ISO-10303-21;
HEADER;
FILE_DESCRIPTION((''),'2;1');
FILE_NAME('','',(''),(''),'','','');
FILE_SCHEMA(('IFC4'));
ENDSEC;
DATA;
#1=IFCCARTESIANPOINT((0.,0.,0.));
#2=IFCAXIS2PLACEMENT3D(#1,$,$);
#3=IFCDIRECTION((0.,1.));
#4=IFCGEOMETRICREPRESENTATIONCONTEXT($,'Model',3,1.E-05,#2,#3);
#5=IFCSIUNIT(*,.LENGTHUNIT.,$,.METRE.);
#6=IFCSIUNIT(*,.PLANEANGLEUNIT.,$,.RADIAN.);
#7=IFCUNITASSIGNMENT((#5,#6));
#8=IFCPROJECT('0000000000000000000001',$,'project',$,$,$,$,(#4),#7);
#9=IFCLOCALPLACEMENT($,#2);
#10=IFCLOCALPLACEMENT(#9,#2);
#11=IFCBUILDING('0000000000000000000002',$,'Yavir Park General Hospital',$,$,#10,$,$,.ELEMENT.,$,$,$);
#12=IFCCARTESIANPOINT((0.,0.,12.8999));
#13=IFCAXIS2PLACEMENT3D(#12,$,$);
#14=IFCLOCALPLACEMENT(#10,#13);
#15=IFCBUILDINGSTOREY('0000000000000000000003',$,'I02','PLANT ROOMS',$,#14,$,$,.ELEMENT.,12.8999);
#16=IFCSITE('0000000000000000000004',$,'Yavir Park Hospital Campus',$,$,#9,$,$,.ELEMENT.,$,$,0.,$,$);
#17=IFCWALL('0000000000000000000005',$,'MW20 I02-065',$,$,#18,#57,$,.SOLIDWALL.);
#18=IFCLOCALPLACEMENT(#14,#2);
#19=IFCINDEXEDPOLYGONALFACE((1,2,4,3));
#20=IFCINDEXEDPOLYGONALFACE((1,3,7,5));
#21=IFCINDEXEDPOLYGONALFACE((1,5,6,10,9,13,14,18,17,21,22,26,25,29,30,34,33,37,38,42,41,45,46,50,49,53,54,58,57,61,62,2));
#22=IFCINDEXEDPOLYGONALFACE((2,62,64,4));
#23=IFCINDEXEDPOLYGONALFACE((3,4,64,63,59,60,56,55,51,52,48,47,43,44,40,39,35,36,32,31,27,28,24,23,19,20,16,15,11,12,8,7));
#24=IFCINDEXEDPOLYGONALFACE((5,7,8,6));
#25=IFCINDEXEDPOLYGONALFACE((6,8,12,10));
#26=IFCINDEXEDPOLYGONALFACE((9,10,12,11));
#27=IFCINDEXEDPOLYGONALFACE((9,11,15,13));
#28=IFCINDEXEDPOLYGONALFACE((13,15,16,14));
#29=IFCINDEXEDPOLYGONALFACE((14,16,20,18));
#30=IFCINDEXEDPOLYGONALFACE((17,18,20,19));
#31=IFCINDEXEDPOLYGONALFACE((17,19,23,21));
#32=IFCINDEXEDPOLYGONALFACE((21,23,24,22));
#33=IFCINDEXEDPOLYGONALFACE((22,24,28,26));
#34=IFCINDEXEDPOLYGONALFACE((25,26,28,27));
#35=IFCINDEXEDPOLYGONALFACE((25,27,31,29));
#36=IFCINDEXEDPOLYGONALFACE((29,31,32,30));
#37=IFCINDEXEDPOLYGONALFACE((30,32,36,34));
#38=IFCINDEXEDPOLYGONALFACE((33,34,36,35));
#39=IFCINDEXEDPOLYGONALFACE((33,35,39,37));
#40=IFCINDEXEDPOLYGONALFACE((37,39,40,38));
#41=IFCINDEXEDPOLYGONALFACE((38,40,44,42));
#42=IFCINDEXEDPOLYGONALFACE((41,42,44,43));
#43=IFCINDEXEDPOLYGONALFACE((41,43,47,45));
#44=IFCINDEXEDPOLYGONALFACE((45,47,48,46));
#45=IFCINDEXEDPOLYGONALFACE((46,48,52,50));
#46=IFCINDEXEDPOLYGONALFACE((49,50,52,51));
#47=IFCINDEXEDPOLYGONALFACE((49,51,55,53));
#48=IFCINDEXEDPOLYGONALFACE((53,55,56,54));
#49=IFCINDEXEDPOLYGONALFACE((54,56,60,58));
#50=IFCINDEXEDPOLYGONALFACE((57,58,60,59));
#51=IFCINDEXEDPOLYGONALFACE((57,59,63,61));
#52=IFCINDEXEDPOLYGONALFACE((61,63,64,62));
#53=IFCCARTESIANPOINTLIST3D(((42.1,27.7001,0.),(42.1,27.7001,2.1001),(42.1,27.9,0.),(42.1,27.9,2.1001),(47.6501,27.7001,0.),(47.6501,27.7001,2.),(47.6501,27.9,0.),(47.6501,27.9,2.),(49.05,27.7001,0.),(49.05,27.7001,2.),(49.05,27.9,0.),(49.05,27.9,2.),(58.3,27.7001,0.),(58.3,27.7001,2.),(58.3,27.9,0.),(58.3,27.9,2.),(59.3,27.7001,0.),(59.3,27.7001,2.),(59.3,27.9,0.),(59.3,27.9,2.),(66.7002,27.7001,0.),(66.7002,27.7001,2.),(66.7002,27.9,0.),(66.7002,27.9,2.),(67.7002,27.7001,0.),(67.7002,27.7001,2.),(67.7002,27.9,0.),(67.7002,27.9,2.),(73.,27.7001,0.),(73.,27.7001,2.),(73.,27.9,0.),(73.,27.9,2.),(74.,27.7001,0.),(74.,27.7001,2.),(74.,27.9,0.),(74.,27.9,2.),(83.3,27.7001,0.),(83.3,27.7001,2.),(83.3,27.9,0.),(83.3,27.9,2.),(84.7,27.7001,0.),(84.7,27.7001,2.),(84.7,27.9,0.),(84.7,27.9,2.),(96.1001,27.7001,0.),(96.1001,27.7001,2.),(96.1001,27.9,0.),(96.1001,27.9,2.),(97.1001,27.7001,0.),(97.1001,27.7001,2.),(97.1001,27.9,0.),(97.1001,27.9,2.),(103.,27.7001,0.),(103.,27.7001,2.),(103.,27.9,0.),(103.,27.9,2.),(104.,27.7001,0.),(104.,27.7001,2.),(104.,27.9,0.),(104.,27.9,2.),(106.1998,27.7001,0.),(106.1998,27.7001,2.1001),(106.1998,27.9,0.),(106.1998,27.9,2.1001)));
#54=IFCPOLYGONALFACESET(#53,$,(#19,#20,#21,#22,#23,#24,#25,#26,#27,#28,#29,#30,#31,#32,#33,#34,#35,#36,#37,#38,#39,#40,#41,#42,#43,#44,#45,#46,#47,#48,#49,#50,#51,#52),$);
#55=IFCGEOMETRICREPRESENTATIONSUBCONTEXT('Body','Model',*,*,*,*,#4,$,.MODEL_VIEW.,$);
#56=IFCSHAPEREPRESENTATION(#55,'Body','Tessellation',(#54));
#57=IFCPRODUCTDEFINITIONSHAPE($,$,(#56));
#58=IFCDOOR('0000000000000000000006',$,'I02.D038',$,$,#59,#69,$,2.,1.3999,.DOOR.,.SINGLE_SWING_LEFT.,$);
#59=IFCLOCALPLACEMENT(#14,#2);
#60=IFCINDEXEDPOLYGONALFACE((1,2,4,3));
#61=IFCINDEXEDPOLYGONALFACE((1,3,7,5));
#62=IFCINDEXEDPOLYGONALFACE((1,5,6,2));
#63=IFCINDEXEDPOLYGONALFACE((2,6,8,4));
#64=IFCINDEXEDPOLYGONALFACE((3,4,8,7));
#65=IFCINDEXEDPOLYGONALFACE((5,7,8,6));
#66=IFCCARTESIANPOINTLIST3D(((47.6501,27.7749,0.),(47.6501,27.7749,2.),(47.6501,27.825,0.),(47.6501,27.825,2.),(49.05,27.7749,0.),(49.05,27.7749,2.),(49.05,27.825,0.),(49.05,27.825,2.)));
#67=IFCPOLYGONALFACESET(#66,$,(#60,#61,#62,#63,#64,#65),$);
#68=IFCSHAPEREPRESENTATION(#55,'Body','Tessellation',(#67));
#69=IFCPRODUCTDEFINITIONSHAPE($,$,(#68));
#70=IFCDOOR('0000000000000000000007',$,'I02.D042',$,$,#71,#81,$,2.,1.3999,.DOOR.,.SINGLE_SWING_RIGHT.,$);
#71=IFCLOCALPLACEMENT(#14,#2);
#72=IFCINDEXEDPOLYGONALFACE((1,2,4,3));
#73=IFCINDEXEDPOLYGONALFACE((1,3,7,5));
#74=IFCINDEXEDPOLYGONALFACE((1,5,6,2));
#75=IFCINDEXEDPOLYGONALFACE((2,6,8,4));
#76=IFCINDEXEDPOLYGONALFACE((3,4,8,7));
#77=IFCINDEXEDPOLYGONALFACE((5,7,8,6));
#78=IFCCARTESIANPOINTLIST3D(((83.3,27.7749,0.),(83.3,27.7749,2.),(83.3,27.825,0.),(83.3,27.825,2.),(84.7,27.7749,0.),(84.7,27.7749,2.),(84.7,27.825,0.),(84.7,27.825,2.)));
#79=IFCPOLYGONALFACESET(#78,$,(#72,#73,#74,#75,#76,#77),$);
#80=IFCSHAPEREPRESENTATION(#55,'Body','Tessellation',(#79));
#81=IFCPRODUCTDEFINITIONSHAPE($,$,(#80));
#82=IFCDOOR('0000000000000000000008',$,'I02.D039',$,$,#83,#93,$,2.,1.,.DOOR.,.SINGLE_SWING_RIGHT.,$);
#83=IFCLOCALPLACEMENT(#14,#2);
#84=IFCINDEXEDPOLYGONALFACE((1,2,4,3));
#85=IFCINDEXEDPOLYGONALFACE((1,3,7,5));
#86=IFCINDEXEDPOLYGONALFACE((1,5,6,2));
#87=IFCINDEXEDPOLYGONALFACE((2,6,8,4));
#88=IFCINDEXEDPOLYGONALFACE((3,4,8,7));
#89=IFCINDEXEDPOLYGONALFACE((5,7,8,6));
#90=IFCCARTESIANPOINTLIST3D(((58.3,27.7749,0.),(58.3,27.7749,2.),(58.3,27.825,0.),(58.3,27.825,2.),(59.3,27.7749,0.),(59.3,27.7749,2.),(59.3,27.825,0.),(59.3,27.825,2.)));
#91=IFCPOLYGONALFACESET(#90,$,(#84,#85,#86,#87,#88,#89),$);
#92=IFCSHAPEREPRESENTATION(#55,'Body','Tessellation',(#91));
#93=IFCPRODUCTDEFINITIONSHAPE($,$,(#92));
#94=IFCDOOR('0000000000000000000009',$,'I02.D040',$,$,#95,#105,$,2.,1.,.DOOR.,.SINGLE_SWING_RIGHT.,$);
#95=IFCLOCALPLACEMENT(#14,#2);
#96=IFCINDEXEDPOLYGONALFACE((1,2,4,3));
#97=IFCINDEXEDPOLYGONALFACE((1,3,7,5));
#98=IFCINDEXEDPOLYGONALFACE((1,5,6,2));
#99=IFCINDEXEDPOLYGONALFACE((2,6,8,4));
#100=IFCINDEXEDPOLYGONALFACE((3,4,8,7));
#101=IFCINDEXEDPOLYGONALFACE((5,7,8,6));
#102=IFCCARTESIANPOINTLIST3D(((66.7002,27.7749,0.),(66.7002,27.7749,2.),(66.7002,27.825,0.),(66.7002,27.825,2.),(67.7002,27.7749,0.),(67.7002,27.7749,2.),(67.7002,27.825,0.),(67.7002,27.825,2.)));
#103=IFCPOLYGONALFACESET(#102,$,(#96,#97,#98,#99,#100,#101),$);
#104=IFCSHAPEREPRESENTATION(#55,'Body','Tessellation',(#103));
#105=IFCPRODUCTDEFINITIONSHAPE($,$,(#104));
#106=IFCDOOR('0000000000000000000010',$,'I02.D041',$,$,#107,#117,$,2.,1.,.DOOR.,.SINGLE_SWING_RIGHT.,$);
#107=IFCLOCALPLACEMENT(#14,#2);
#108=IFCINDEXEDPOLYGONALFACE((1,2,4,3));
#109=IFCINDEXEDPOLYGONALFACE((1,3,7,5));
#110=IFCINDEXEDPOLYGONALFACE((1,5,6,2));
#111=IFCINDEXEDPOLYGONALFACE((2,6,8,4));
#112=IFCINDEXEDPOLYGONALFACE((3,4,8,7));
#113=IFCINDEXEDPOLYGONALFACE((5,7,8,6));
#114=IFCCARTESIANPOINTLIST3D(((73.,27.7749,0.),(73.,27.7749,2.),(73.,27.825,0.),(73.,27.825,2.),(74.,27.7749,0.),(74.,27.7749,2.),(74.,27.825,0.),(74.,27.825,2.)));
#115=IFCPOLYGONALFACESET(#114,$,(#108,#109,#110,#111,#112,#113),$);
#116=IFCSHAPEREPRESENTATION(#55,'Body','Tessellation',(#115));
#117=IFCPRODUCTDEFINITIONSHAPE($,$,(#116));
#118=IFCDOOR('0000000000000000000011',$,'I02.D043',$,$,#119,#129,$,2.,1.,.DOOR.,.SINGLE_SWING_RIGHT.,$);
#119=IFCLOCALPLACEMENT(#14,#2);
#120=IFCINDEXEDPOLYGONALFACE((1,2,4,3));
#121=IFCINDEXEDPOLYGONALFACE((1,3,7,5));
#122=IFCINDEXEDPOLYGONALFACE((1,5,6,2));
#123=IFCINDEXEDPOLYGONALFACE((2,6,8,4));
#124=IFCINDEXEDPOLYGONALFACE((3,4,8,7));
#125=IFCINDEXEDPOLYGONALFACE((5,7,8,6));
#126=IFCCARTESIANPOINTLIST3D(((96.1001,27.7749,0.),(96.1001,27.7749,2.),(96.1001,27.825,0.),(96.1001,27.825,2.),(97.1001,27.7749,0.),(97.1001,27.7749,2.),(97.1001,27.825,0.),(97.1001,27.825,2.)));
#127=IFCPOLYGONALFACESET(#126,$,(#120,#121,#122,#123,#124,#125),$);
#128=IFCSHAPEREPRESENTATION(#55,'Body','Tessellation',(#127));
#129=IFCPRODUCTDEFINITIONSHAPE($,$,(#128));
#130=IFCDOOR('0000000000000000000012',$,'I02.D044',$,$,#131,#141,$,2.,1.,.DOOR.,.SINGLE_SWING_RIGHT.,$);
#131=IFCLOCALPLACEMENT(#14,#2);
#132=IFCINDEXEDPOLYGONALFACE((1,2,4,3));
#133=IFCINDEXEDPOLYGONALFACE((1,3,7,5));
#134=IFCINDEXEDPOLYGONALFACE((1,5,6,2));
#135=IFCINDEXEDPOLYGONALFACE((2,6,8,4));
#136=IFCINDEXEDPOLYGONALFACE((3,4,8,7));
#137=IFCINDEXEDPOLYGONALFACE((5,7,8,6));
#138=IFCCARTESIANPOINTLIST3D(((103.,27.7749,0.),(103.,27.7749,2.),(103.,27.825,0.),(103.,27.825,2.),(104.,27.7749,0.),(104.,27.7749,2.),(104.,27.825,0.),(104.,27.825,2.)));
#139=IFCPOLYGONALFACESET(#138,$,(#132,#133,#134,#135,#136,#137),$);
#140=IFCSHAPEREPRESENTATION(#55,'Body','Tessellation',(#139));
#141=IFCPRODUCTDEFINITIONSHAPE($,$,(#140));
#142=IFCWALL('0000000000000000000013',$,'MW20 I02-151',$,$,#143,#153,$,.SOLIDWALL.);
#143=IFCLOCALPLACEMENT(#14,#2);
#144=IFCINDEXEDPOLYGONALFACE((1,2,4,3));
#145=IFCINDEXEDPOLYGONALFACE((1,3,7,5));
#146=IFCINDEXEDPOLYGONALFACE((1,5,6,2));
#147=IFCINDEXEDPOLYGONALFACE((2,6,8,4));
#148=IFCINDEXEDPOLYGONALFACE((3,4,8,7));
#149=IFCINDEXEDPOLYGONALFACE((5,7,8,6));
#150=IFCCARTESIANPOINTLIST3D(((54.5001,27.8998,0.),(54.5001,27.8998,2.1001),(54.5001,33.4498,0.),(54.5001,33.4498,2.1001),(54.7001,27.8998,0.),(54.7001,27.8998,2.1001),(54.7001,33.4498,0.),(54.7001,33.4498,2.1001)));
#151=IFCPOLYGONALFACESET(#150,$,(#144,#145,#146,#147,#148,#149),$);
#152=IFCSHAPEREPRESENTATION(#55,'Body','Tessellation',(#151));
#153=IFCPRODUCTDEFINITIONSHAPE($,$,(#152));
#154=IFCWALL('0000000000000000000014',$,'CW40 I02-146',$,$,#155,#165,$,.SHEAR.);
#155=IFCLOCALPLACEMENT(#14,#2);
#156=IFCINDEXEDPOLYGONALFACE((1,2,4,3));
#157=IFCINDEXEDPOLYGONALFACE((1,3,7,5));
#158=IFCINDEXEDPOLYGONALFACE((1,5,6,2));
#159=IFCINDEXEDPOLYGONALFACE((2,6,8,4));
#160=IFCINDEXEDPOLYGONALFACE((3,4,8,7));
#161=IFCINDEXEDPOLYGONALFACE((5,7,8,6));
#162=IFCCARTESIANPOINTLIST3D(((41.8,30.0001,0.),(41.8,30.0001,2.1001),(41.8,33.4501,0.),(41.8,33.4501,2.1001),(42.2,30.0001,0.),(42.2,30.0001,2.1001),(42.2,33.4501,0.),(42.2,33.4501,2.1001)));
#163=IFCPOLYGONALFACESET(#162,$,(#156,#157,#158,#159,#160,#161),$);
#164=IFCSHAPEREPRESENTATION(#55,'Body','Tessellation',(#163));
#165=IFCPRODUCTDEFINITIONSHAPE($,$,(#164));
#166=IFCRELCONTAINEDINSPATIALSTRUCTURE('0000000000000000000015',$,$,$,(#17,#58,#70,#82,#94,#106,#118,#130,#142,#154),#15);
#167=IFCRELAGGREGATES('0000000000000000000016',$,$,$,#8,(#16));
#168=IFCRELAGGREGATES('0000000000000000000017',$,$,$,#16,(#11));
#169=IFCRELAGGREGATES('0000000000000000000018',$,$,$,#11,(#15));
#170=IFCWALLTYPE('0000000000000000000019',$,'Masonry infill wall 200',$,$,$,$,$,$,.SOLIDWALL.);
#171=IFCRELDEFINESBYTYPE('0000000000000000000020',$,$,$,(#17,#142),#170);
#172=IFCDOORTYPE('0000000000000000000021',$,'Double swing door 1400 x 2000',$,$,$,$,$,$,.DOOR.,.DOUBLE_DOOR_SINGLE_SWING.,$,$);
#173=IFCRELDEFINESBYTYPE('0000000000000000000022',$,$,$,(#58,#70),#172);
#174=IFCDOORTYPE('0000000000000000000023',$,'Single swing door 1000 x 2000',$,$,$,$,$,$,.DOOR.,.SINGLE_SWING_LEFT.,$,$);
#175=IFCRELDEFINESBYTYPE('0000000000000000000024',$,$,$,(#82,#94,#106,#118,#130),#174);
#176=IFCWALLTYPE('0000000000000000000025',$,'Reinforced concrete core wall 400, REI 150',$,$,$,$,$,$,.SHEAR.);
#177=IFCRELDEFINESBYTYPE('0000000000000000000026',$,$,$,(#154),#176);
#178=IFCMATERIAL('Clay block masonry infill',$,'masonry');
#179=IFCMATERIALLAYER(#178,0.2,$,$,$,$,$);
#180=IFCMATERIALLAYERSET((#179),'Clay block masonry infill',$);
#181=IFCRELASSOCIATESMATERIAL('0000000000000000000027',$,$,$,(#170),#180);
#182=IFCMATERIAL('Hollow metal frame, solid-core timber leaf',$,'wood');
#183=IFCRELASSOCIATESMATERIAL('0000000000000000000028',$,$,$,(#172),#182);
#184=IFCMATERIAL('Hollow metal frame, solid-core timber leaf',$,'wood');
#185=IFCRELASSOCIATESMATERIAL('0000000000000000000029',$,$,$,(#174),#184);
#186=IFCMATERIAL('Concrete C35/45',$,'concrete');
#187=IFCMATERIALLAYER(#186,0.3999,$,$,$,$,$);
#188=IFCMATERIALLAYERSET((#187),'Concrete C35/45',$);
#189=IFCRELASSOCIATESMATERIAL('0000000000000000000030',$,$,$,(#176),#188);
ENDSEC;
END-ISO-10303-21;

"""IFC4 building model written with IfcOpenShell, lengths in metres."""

from ifc_helpers import new_model, si_unit, direction, frame, frame_2d, origin, place, context, subcontext, project, spatial, rectangle, extrude, material, layer, layer_set, type_object, element, fill, save


model = new_model("IFC4")

# Units and contexts
model_context = context("Model", 3, precision=1e-05, world=origin(), true_north=direction((0.0, 1.0)))
body_context = subcontext(model_context, "Body", "Model", "MODEL_VIEW")
ifc_project = project(units=[si_unit("LENGTHUNIT", "METRE"), si_unit("PLANEANGLEUNIT", "RADIAN")], contexts=[model_context])

# Site, building, storey
site_placement = place(None, origin())
site = spatial("IfcSite", under=ifc_project, at=site_placement, Name="Yavir Park Hospital Campus", CompositionType="ELEMENT", RefElevation=0.0)
building_placement = place(site_placement, origin())
building = spatial("IfcBuilding", under=site, at=building_placement, Name="Yavir Park General Hospital", CompositionType="ELEMENT")
storey_placement = place(building_placement, frame((0.0, 0.0, 12.8999)))
storey = spatial("IfcBuildingStorey", under=building, at=storey_placement, Name="I02", Description="PLANT ROOMS", CompositionType="ELEMENT", Elevation=12.8999)

# Wall, openings, doors
ifc_material_1 = material(Name="Clay block masonry infill", Category="masonry")
ifc_layer_1 = layer(ifc_material_1, 0.2)
ifc_layer_set_1 = layer_set([ifc_layer_1], Name="Clay block masonry infill")
wall_type_1 = type_object("IfcWallType", Name="Masonry infill wall 200", PredefinedType="SOLIDWALL", material=ifc_layer_set_1)
wall_1_placement = place(storey_placement, frame((42.1001, 27.8, 0.0), z_axis=(0.0, 0.0, 1.0), x_axis=(1.0, 0.0, 0.0)))
wall_1 = element("IfcWall", 1, at=wall_1_placement, inside=storey, type_object=wall_type_1, Name="MW20 I02-065", PredefinedType="SOLIDWALL", context=body_context, shape_type="SweptSolid", body=[
    extrude(rectangle(XDim=64.0999, YDim=0.2, at=frame_2d((32.0498, 0.0))), origin(), (0.0, 0.0, 1.0), 2.1001),
])
opening_1_placement = place(wall_1_placement, frame((5.55, 0.0, 0.0)))
opening_1 = element("IfcOpeningElement", 2, at=opening_1_placement, cuts=wall_1, PredefinedType="OPENING", context=body_context, shape_type="SweptSolid", body=[
    extrude(rectangle(XDim=1.3999, YDim=2.0, at=frame_2d((0.7, 1.0))), frame((0.0, 0.1099, 0.0), z_axis=(0.0, -1.0, 0.0), x_axis=(1.0, 0.0, 0.0)), (0.0, 0.0, 1.0), 0.22),
])
opening_2_placement = place(wall_1_placement, frame((16.2, 0.0, 0.0)))
opening_2 = element("IfcOpeningElement", 3, at=opening_2_placement, cuts=wall_1, PredefinedType="OPENING", context=body_context, shape_type="SweptSolid", body=[
    extrude(rectangle(XDim=1.0, YDim=2.0, at=frame_2d((0.5, 1.0))), frame((0.0, 0.1099, 0.0), z_axis=(0.0, -1.0, 0.0), x_axis=(1.0, 0.0, 0.0)), (0.0, 0.0, 1.0), 0.22),
])
opening_3_placement = place(wall_1_placement, frame((24.6001, 0.0, 0.0)))
opening_3 = element("IfcOpeningElement", 4, at=opening_3_placement, cuts=wall_1, PredefinedType="OPENING", context=body_context, shape_type="SweptSolid", body=[
    extrude(rectangle(XDim=1.0, YDim=2.0, at=frame_2d((0.5, 1.0))), frame((0.0, 0.1099, 0.0), z_axis=(0.0, -1.0, 0.0), x_axis=(1.0, 0.0, 0.0)), (0.0, 0.0, 1.0), 0.22),
])
opening_4_placement = place(wall_1_placement, frame((30.8999, 0.0, 0.0)))
opening_4 = element("IfcOpeningElement", 5, at=opening_4_placement, cuts=wall_1, PredefinedType="OPENING", context=body_context, shape_type="SweptSolid", body=[
    extrude(rectangle(XDim=1.0, YDim=2.0, at=frame_2d((0.5, 1.0))), frame((0.0, 0.1099, 0.0), z_axis=(0.0, -1.0, 0.0), x_axis=(1.0, 0.0, 0.0)), (0.0, 0.0, 1.0), 0.22),
])
opening_5_placement = place(wall_1_placement, frame((41.2, 0.0, 0.0)))
opening_5 = element("IfcOpeningElement", 6, at=opening_5_placement, cuts=wall_1, PredefinedType="OPENING", context=body_context, shape_type="SweptSolid", body=[
    extrude(rectangle(XDim=1.3999, YDim=2.0, at=frame_2d((0.7, 1.0))), frame((0.0, 0.1099, 0.0), z_axis=(0.0, -1.0, 0.0), x_axis=(1.0, 0.0, 0.0)), (0.0, 0.0, 1.0), 0.22),
])
opening_6_placement = place(wall_1_placement, frame((54.0, 0.0, 0.0)))
opening_6 = element("IfcOpeningElement", 7, at=opening_6_placement, cuts=wall_1, PredefinedType="OPENING", context=body_context, shape_type="SweptSolid", body=[
    extrude(rectangle(XDim=1.0, YDim=2.0, at=frame_2d((0.5, 1.0))), frame((0.0, 0.1099, 0.0), z_axis=(0.0, -1.0, 0.0), x_axis=(1.0, 0.0, 0.0)), (0.0, 0.0, 1.0), 0.22),
])
opening_7_placement = place(wall_1_placement, frame((60.8999, 0.0, 0.0)))
opening_7 = element("IfcOpeningElement", 8, at=opening_7_placement, cuts=wall_1, PredefinedType="OPENING", context=body_context, shape_type="SweptSolid", body=[
    extrude(rectangle(XDim=1.0, YDim=2.0, at=frame_2d((0.5, 1.0))), frame((0.0, 0.1099, 0.0), z_axis=(0.0, -1.0, 0.0), x_axis=(1.0, 0.0, 0.0)), (0.0, 0.0, 1.0), 0.22),
])
ifc_material_2 = material(Name="Hollow metal frame, solid-core timber leaf", Category="wood")
door_type_1 = type_object("IfcDoorType", Name="Double swing door 1400 x 2000", OperationType="DOUBLE_DOOR_SINGLE_SWING", PredefinedType="DOOR", material=ifc_material_2)
door_1_placement = place(opening_1_placement, origin())
door_1 = element("IfcDoor", 9, at=door_1_placement, inside=storey, type_object=door_type_1, Name="I02.D038", OperationType="SINGLE_SWING_LEFT", OverallHeight=2.0, OverallWidth=1.3999, PredefinedType="DOOR", context=body_context, shape_type="SweptSolid", body=[
    extrude(rectangle(XDim=1.3999, YDim=2.0, at=frame_2d((0.7, 1.0))), frame((0.0, 0.0249, 0.0), z_axis=(0.0, -1.0, 0.0), x_axis=(1.0, 0.0, 0.0)), (0.0, 0.0, 1.0), 0.05),
])
fill(opening_1, door_1)
door_2_placement = place(opening_5_placement, origin())
door_2 = element("IfcDoor", 10, at=door_2_placement, inside=storey, type_object=door_type_1, Name="I02.D042", OperationType="SINGLE_SWING_RIGHT", OverallHeight=2.0, OverallWidth=1.3999, PredefinedType="DOOR", context=body_context, shape_type="SweptSolid", body=[
    extrude(rectangle(XDim=1.3999, YDim=2.0, at=frame_2d((0.7, 1.0))), frame((0.0, 0.0249, 0.0), z_axis=(0.0, -1.0, 0.0), x_axis=(1.0, 0.0, 0.0)), (0.0, 0.0, 1.0), 0.05),
])
fill(opening_5, door_2)
ifc_material_3 = material(Name="Hollow metal frame, solid-core timber leaf", Category="wood")
door_type_2 = type_object("IfcDoorType", Name="Single swing door 1000 x 2000", OperationType="SINGLE_SWING_LEFT", PredefinedType="DOOR", material=ifc_material_3)
door_3_placement = place(opening_2_placement, origin())
door_3 = element("IfcDoor", 11, at=door_3_placement, inside=storey, type_object=door_type_2, Name="I02.D039", OperationType="SINGLE_SWING_RIGHT", OverallHeight=2.0, OverallWidth=1.0, PredefinedType="DOOR", context=body_context, shape_type="SweptSolid", body=[
    extrude(rectangle(XDim=1.0, YDim=2.0, at=frame_2d((0.5, 1.0))), frame((0.0, 0.0249, 0.0), z_axis=(0.0, -1.0, 0.0), x_axis=(1.0, 0.0, 0.0)), (0.0, 0.0, 1.0), 0.05),
])
fill(opening_2, door_3)
door_4_placement = place(opening_3_placement, origin())
door_4 = element("IfcDoor", 12, at=door_4_placement, inside=storey, type_object=door_type_2, Name="I02.D040", OperationType="SINGLE_SWING_RIGHT", OverallHeight=2.0, OverallWidth=1.0, PredefinedType="DOOR", context=body_context, shape_type="SweptSolid", body=[
    extrude(rectangle(XDim=1.0, YDim=2.0, at=frame_2d((0.5, 1.0))), frame((0.0, 0.0249, 0.0), z_axis=(0.0, -1.0, 0.0), x_axis=(1.0, 0.0, 0.0)), (0.0, 0.0, 1.0), 0.05),
])
fill(opening_3, door_4)
door_5_placement = place(opening_4_placement, origin())
door_5 = element("IfcDoor", 13, at=door_5_placement, inside=storey, type_object=door_type_2, Name="I02.D041", OperationType="SINGLE_SWING_RIGHT", OverallHeight=2.0, OverallWidth=1.0, PredefinedType="DOOR", context=body_context, shape_type="SweptSolid", body=[
    extrude(rectangle(XDim=1.0, YDim=2.0, at=frame_2d((0.5, 1.0))), frame((0.0, 0.0249, 0.0), z_axis=(0.0, -1.0, 0.0), x_axis=(1.0, 0.0, 0.0)), (0.0, 0.0, 1.0), 0.05),
])
fill(opening_4, door_5)
door_6_placement = place(opening_6_placement, origin())
door_6 = element("IfcDoor", 14, at=door_6_placement, inside=storey, type_object=door_type_2, Name="I02.D043", OperationType="SINGLE_SWING_RIGHT", OverallHeight=2.0, OverallWidth=1.0, PredefinedType="DOOR", context=body_context, shape_type="SweptSolid", body=[
    extrude(rectangle(XDim=1.0, YDim=2.0, at=frame_2d((0.5, 1.0))), frame((0.0, 0.0249, 0.0), z_axis=(0.0, -1.0, 0.0), x_axis=(1.0, 0.0, 0.0)), (0.0, 0.0, 1.0), 0.05),
])
fill(opening_6, door_6)
door_7_placement = place(opening_7_placement, origin())
door_7 = element("IfcDoor", 15, at=door_7_placement, inside=storey, type_object=door_type_2, Name="I02.D044", OperationType="SINGLE_SWING_RIGHT", OverallHeight=2.0, OverallWidth=1.0, PredefinedType="DOOR", context=body_context, shape_type="SweptSolid", body=[
    extrude(rectangle(XDim=1.0, YDim=2.0, at=frame_2d((0.5, 1.0))), frame((0.0, 0.0249, 0.0), z_axis=(0.0, -1.0, 0.0), x_axis=(1.0, 0.0, 0.0)), (0.0, 0.0, 1.0), 0.05),
])
fill(opening_7, door_7)

# Walls
wall_2_placement = place(storey_placement, frame((54.6001, 27.8999, 0.0), z_axis=(0.0, 0.0, 1.0), x_axis=(0.0, 1.0, 0.0)))
element("IfcWall", 16, at=wall_2_placement, inside=storey, type_object=wall_type_1, Name="MW20 I02-151", PredefinedType="SOLIDWALL", context=body_context, shape_type="SweptSolid", body=[
    extrude(rectangle(XDim=5.55, YDim=0.2, at=frame_2d((2.7749, 0.0))), origin(), (0.0, 0.0, 1.0), 2.1001),
])
ifc_material_4 = material(Name="Concrete C35/45", Category="concrete")
ifc_layer_2 = layer(ifc_material_4, 0.3999)
ifc_layer_set_2 = layer_set([ifc_layer_2], Name="Concrete C35/45")
wall_type_2 = type_object("IfcWallType", Name="Reinforced concrete core wall 400, REI 150", PredefinedType="SHEAR", material=ifc_layer_set_2)
wall_3_placement = place(storey_placement, frame((42.0, 30.0, 0.0), z_axis=(0.0, 0.0, 1.0), x_axis=(0.0, 1.0, 0.0)))
element("IfcWall", 17, at=wall_3_placement, inside=storey, type_object=wall_type_2, Name="CW40 I02-146", PredefinedType="SHEAR", context=body_context, shape_type="SweptSolid", body=[
    extrude(rectangle(XDim=3.45, YDim=0.3999, at=frame_2d((1.7251, 0.0))), origin(), (0.0, 0.0, 1.0), 2.1001),
])

save(model, "model.ifc")
